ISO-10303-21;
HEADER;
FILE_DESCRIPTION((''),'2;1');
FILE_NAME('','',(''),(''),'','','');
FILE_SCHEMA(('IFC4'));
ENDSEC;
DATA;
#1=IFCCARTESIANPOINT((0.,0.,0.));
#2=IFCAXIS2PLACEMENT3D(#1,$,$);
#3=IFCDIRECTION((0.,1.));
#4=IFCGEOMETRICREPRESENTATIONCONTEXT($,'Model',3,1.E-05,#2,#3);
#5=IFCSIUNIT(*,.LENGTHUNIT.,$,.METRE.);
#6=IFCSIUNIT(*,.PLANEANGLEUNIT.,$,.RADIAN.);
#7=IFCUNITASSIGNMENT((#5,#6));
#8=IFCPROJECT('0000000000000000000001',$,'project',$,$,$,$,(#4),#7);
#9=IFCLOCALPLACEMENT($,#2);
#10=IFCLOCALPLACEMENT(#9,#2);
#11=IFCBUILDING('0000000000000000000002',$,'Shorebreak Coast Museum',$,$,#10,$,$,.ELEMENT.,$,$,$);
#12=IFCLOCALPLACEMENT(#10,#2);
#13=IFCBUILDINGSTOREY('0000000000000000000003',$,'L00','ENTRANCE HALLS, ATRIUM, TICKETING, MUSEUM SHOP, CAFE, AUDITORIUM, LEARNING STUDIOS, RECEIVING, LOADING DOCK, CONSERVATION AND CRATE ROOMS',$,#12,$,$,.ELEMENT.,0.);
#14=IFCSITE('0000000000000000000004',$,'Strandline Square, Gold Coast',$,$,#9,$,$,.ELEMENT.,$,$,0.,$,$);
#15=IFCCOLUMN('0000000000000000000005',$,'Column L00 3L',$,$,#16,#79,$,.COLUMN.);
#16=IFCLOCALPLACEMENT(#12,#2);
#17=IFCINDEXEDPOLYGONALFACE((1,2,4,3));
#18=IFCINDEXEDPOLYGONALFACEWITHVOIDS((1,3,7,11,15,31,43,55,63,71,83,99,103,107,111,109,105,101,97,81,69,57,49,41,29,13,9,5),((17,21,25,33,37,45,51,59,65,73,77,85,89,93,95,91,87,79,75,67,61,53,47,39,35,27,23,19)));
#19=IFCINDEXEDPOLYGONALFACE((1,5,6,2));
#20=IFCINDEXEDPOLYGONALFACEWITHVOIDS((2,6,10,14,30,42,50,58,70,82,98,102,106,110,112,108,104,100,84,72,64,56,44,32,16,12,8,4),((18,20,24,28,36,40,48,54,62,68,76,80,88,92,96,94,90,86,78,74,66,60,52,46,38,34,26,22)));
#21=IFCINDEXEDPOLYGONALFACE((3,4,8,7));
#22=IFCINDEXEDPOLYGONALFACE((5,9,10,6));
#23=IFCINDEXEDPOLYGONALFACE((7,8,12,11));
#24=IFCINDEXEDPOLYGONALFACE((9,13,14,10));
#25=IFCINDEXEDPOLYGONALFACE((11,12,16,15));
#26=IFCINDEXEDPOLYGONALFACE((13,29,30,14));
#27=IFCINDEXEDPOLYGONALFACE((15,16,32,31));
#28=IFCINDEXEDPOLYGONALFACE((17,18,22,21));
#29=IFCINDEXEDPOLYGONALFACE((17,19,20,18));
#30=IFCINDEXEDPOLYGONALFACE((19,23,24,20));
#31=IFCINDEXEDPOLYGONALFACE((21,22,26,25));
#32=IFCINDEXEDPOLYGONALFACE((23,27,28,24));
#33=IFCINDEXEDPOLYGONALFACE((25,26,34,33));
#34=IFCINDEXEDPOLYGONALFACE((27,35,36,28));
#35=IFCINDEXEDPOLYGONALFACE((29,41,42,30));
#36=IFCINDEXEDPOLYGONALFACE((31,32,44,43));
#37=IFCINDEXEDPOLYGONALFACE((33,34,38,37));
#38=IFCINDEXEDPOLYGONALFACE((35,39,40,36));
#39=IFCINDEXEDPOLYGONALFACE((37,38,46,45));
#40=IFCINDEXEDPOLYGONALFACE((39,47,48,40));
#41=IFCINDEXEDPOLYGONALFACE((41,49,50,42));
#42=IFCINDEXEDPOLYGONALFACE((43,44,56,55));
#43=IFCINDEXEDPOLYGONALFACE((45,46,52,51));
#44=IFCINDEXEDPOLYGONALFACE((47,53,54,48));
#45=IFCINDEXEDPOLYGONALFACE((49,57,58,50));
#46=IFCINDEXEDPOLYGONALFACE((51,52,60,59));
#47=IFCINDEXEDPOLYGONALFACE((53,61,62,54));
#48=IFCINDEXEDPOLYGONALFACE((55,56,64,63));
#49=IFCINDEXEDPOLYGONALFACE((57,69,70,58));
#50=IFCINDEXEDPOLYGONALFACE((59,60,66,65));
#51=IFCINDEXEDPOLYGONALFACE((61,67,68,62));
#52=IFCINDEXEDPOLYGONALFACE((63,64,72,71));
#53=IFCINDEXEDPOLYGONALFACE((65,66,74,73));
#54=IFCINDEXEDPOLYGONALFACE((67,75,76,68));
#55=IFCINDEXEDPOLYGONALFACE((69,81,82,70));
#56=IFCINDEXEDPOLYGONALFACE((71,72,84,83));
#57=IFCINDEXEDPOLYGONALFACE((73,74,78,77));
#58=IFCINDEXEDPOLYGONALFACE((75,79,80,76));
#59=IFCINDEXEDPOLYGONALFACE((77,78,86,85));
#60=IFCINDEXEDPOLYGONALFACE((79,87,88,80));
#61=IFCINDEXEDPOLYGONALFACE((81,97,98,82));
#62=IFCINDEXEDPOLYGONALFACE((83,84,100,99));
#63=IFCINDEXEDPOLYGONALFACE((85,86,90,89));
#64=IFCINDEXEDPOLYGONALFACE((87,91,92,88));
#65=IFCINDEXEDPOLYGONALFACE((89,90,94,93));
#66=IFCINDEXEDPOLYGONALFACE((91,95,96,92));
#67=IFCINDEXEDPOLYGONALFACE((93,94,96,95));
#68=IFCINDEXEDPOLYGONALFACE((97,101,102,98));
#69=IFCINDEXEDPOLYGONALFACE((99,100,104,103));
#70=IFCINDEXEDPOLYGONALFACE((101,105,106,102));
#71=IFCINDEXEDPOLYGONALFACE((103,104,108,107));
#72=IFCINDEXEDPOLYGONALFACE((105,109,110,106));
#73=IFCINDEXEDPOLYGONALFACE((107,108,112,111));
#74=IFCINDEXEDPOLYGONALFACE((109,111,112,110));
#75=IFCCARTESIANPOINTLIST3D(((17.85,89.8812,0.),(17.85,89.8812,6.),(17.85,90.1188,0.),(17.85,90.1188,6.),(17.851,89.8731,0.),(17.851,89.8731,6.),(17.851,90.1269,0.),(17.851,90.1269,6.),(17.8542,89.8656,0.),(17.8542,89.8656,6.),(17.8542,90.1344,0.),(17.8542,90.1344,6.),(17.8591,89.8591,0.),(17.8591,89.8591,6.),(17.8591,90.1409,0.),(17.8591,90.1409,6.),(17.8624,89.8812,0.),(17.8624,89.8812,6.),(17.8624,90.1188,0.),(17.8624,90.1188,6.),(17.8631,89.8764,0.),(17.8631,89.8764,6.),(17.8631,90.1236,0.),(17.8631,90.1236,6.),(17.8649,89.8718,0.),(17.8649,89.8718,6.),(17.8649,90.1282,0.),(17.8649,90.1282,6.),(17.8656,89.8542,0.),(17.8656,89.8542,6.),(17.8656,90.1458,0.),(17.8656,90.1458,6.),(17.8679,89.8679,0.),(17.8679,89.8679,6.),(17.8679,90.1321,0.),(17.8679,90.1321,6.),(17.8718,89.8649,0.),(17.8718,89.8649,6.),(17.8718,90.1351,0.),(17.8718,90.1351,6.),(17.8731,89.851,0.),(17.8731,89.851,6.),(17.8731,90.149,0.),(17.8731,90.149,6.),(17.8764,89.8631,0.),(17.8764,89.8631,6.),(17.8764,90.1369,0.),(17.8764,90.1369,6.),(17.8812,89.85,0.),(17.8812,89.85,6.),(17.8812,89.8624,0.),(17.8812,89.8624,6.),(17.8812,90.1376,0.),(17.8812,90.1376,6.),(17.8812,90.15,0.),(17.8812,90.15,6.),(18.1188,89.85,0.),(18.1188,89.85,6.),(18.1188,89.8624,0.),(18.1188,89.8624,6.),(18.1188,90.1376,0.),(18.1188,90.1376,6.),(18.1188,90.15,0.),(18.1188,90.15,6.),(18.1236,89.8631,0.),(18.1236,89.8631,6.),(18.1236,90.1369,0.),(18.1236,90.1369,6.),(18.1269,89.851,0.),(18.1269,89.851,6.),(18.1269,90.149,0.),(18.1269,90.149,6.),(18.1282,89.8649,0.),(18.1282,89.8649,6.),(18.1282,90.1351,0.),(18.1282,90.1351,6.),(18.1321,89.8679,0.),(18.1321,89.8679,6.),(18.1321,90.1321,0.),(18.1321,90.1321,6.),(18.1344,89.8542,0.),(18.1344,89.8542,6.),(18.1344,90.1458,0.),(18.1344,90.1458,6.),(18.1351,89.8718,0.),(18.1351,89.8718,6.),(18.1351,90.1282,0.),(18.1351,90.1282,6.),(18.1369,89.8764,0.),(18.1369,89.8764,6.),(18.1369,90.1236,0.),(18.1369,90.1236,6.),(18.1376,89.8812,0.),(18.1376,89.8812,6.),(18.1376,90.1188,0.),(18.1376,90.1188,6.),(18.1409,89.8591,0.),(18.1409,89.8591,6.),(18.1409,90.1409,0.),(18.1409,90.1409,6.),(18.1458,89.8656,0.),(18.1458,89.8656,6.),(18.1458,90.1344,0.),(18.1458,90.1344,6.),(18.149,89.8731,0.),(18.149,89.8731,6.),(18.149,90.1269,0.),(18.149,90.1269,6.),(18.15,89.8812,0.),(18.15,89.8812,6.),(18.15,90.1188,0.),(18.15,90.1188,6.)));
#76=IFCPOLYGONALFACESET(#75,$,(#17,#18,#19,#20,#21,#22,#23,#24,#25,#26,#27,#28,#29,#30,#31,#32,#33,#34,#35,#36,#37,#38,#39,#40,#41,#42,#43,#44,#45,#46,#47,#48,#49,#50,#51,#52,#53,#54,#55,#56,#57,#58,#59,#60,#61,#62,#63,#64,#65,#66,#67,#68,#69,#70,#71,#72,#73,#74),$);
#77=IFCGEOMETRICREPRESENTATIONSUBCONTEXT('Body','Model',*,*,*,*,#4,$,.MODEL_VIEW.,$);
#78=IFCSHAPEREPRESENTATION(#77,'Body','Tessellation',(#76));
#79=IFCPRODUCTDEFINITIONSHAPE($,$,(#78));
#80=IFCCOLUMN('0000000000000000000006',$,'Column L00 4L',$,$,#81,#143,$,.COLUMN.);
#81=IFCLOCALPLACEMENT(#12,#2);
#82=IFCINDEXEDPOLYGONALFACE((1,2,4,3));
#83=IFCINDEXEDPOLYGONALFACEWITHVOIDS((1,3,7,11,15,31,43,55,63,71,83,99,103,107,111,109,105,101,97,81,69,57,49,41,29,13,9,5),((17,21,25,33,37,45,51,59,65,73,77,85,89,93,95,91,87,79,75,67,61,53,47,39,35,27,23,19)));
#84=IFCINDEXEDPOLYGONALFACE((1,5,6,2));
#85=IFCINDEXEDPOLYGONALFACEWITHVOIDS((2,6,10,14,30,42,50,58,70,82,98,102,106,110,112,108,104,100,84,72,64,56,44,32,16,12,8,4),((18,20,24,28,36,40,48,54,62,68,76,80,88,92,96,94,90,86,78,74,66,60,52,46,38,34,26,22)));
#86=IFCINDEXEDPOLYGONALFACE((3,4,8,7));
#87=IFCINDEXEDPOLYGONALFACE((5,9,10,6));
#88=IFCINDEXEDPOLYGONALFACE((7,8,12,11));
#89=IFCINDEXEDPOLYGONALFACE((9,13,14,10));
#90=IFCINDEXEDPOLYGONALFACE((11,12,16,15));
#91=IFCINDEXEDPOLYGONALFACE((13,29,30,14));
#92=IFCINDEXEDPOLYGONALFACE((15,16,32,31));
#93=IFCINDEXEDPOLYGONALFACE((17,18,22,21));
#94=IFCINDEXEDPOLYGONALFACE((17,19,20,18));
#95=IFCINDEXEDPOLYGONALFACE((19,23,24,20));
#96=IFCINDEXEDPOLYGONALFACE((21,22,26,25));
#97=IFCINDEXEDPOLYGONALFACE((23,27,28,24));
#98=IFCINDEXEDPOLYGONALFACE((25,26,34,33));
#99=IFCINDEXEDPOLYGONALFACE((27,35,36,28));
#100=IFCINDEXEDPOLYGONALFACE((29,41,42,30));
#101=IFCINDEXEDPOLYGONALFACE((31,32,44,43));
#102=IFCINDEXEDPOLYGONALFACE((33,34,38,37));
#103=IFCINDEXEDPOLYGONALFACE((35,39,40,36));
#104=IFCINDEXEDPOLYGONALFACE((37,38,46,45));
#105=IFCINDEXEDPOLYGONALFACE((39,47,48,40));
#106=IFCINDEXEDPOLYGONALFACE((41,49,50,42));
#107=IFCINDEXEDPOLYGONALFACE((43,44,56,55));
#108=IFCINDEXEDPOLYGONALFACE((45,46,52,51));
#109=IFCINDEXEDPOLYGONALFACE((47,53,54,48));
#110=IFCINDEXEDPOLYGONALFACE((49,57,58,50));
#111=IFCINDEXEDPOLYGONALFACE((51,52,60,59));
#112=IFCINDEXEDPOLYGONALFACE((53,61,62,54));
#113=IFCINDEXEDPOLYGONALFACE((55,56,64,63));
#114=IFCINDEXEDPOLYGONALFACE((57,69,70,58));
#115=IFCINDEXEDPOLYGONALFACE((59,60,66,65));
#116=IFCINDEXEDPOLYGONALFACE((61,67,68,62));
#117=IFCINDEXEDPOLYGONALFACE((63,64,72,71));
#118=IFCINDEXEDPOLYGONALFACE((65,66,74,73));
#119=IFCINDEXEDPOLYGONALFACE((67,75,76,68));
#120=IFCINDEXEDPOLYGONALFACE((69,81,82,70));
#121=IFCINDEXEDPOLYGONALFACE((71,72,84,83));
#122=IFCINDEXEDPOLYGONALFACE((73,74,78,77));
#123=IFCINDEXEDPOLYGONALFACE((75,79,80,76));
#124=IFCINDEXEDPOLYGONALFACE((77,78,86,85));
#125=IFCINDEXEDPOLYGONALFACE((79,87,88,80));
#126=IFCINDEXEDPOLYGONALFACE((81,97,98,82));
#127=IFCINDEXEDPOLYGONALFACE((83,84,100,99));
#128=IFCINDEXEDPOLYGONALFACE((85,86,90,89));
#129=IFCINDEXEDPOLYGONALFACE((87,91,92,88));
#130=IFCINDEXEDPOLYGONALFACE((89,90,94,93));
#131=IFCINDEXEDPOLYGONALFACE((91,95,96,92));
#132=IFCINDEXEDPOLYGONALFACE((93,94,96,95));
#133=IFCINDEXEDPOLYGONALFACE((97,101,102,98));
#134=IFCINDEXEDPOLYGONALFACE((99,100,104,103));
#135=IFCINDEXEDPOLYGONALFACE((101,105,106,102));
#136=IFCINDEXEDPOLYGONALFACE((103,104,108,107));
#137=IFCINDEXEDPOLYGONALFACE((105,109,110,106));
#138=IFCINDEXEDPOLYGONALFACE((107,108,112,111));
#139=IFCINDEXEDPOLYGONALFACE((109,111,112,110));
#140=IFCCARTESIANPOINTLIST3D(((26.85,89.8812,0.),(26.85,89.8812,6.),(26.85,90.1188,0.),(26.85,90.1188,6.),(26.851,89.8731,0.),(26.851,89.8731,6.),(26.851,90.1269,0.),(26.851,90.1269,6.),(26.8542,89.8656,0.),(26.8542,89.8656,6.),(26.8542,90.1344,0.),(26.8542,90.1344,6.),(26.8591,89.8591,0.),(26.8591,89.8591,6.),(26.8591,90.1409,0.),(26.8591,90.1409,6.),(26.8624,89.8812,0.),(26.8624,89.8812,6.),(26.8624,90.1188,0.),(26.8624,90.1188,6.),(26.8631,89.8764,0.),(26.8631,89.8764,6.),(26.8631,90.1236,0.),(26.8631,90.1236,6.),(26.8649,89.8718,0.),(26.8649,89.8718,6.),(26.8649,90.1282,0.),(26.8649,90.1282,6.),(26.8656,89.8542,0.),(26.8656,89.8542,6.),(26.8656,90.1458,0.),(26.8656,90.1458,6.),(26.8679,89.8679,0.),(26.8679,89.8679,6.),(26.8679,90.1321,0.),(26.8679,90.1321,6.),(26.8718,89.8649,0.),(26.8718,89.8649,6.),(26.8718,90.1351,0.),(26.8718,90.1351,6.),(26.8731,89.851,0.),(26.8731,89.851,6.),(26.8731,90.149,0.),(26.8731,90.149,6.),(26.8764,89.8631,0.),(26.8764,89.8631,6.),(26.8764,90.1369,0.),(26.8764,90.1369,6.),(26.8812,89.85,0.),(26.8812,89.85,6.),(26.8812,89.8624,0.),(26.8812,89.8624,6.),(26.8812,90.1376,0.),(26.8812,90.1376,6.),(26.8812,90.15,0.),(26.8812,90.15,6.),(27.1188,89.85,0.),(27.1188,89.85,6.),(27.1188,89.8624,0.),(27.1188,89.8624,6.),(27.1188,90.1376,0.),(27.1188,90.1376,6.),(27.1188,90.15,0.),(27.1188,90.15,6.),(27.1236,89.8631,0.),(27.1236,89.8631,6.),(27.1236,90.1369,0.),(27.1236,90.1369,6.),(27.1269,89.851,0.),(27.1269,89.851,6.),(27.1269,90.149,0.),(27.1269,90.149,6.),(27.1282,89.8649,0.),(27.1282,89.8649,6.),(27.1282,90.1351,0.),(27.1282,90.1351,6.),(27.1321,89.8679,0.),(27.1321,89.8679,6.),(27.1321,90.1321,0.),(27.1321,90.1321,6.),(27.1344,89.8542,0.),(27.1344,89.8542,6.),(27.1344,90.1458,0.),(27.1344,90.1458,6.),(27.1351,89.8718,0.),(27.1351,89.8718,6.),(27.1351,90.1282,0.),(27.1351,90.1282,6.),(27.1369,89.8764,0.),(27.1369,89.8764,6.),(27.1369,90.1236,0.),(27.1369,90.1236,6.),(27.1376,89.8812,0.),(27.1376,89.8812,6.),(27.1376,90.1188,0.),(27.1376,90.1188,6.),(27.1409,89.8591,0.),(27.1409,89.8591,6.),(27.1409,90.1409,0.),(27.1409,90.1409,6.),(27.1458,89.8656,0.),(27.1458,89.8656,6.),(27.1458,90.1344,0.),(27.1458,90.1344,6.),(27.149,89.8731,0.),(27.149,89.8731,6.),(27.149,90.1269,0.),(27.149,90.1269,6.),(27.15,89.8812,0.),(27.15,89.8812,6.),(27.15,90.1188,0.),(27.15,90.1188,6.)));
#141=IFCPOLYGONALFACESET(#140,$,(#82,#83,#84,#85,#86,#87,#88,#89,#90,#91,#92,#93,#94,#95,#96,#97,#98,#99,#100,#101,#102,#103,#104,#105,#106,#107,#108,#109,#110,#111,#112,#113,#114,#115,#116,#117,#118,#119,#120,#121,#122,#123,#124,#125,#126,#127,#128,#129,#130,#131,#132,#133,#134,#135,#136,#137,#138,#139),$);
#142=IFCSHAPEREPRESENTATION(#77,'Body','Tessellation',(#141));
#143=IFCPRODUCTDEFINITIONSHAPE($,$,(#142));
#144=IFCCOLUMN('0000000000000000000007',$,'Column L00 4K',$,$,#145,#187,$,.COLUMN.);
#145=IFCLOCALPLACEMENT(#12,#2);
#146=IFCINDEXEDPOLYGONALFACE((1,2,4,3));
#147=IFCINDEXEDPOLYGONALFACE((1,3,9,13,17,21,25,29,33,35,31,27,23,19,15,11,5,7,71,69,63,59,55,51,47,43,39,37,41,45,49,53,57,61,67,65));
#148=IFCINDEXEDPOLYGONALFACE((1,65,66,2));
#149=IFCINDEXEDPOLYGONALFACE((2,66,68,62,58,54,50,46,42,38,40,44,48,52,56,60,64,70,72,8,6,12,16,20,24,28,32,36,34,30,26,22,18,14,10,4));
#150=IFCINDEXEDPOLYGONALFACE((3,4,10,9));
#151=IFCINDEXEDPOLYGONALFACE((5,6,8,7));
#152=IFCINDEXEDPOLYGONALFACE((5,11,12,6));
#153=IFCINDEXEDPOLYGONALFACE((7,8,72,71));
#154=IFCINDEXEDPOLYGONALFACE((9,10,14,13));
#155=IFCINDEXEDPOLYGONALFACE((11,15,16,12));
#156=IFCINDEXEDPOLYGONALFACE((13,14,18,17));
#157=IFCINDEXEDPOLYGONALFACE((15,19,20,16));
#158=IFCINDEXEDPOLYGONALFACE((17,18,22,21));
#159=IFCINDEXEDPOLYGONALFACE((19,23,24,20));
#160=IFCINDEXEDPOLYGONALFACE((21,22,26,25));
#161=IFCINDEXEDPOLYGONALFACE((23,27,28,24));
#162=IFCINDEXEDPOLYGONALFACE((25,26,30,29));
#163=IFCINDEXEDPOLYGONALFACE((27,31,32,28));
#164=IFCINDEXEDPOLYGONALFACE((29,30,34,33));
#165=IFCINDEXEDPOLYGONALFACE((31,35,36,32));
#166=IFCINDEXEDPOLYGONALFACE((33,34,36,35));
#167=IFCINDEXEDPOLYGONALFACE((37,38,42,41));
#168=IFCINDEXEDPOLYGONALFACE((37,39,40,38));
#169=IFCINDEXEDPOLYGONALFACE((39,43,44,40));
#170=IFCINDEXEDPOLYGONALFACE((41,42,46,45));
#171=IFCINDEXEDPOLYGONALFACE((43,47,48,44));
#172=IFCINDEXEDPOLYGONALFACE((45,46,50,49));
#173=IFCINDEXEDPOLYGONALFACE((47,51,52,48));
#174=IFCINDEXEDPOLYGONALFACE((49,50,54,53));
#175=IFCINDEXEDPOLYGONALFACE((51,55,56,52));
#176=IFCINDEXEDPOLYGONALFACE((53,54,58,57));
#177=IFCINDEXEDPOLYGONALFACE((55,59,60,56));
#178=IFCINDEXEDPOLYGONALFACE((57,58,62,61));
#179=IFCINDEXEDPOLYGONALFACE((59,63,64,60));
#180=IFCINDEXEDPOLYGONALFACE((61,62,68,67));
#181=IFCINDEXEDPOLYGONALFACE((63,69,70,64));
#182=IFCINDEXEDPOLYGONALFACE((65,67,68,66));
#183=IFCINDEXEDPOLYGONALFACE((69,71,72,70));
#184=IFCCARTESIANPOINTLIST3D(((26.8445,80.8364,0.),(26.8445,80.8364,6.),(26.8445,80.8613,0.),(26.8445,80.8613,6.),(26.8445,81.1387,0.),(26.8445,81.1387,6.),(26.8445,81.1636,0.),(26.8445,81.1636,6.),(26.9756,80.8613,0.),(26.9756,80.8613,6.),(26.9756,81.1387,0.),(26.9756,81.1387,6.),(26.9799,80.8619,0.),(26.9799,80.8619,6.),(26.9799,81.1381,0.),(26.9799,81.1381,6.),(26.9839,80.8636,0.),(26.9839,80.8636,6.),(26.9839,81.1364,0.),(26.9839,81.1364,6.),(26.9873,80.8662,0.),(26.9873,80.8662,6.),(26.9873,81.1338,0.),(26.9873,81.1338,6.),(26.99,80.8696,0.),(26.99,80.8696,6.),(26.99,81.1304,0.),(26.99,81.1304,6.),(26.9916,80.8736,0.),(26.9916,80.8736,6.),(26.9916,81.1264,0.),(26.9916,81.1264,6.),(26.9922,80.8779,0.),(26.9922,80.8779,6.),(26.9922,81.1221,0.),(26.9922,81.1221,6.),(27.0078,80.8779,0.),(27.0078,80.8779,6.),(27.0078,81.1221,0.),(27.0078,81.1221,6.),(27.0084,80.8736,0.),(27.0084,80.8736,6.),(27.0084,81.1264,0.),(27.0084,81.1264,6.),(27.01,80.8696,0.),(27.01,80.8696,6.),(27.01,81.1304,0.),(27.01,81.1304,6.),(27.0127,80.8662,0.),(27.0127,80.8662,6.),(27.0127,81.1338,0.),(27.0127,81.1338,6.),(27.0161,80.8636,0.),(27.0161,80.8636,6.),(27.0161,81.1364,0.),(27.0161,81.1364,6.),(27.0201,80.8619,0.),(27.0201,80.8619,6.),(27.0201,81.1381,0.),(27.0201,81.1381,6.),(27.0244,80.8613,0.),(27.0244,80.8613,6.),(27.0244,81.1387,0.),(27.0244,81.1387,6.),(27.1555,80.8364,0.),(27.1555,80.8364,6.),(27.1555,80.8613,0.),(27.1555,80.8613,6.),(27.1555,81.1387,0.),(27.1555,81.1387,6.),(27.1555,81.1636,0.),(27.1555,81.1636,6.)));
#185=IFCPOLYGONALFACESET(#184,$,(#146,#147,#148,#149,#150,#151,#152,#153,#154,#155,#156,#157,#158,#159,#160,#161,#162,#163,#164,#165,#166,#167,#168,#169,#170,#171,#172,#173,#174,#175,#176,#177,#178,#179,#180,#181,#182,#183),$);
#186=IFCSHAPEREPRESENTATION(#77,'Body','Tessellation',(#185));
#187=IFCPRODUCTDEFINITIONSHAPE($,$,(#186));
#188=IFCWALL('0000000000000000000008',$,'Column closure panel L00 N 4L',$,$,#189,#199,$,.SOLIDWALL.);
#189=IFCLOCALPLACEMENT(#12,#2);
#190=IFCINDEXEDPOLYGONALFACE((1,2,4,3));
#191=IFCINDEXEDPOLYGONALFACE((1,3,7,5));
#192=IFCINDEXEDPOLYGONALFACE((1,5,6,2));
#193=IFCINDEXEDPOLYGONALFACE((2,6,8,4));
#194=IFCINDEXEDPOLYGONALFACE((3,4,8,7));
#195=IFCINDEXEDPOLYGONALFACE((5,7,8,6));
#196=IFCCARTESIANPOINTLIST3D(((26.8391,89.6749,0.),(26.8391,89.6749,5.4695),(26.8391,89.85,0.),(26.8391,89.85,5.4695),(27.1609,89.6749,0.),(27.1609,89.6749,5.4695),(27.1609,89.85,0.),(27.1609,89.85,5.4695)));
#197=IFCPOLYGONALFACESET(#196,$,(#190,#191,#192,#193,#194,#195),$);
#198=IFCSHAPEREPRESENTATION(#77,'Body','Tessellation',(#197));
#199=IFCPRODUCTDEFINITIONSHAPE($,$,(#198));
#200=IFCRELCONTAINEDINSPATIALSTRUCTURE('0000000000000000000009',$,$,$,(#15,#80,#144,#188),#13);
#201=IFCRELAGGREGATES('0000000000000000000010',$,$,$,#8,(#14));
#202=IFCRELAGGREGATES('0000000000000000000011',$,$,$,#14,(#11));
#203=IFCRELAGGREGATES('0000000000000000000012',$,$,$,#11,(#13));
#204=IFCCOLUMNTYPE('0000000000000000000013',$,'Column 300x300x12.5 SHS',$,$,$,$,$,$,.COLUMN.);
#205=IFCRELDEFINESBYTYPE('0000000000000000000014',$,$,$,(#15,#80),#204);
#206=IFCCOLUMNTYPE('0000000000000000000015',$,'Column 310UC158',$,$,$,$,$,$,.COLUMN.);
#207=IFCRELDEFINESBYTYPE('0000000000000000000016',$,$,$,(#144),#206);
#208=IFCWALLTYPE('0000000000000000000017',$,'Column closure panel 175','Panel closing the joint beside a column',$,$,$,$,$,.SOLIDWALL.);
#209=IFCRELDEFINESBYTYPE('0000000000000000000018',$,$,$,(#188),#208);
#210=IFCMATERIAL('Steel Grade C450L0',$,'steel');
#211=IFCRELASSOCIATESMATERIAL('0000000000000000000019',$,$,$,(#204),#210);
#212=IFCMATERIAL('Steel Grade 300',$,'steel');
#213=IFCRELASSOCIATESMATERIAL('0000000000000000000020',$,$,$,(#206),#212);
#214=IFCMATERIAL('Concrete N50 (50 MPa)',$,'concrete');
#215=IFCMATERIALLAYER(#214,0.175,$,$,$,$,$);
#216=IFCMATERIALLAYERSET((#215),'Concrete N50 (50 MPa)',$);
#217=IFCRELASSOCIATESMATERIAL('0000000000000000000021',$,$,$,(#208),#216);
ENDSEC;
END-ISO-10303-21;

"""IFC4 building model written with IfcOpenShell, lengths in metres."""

from ifc_helpers import new_model, si_unit, direction, frame, frame_2d, origin, origin_2d, place, context, subcontext, project, spatial, rectangle, hollow_rectangle, i_section, extrude, material, layer, layer_set, material_profile, profile_set, type_object, element, save


model = new_model("IFC4")

# Units and contexts
model_context = context("Model", 3, precision=1e-05, world=origin(), true_north=direction((0.0, 1.0)))
body_context = subcontext(model_context, "Body", "Model", "MODEL_VIEW")
ifc_project = project(units=[si_unit("LENGTHUNIT", "METRE"), si_unit("PLANEANGLEUNIT", "RADIAN")], contexts=[model_context])

# Site, building, storey
site_placement = place(None, origin())
site = spatial("IfcSite", under=ifc_project, at=site_placement, Name="Strandline Square, Gold Coast", CompositionType="ELEMENT", RefElevation=0.0)
building_placement = place(site_placement, origin())
building = spatial("IfcBuilding", under=site, at=building_placement, Name="Shorebreak Coast Museum", CompositionType="ELEMENT")
storey_placement = place(building_placement, origin())
storey = spatial("IfcBuildingStorey", under=building, at=storey_placement, Name="L00", Description="ENTRANCE HALLS, ATRIUM, TICKETING, MUSEUM SHOP, CAFE, AUDITORIUM, LEARNING STUDIOS, RECEIVING, LOADING DOCK, CONSERVATION AND CRATE ROOMS", CompositionType="ELEMENT", Elevation=0.0)

# Columns
ifc_material_1 = material(Name="Steel Grade C450L0", Category="steel")
ifc_material_profile_1 = material_profile(ifc_material_1, hollow_rectangle(XDim=0.3, YDim=0.3, WallThickness=0.0125, InnerFilletRadius=0.0188, OuterFilletRadius=0.0312, at=origin_2d()), Name="300x300x12.5 SHS")
ifc_profile_set_1 = profile_set([ifc_material_profile_1], Name="Steel Grade C450L0")
column_type_1 = type_object("IfcColumnType", Name="Column 300x300x12.5 SHS", PredefinedType="COLUMN", material=ifc_profile_set_1)
for number, where, z_axis, x_axis, name in (
    (1, (18.0, 90.0, 0.0), (0.0, 0.0, 1.0), (1.0, 0.0, 0.0), "Column L00 3L"),
    (2, (27.0, 90.0, 0.0), (0.0, 0.0, 1.0), (1.0, 0.0, 0.0), "Column L00 4L"),
):
    element("IfcColumn", number, at=place(storey_placement, frame(where, z_axis=z_axis, x_axis=x_axis)), inside=storey, type_object=column_type_1, Name=name, PredefinedType="COLUMN", context=body_context, shape_type="SweptSolid", body=[
        extrude(hollow_rectangle(XDim=0.3, YDim=0.3, WallThickness=0.0125, InnerFilletRadius=0.0188, OuterFilletRadius=0.0312, at=origin_2d()), origin(), (0.0, 0.0, 1.0), 6.0),
    ])
ifc_material_2 = material(Name="Steel Grade 300", Category="steel")
ifc_material_profile_2 = material_profile(ifc_material_2, i_section(OverallWidth=0.311, OverallDepth=0.3271, WebThickness=0.0156, FlangeThickness=0.0249, FilletRadius=0.0166, at=origin_2d()), Name="310UC158")
ifc_profile_set_2 = profile_set([ifc_material_profile_2], Name="Steel Grade 300")
column_type_2 = type_object("IfcColumnType", Name="Column 310UC158", PredefinedType="COLUMN", material=ifc_profile_set_2)
column_placement = place(storey_placement, frame((27.0, 81.0, 0.0), z_axis=(0.0, 0.0, 1.0), x_axis=(1.0, 0.0, 0.0)))
element("IfcColumn", 3, at=column_placement, inside=storey, type_object=column_type_2, Name="Column L00 4K", PredefinedType="COLUMN", context=body_context, shape_type="SweptSolid", body=[
    extrude(i_section(OverallWidth=0.311, OverallDepth=0.3271, WebThickness=0.0156, FlangeThickness=0.0249, FilletRadius=0.0166, at=origin_2d()), origin(), (0.0, 0.0, 1.0), 6.0),
])

# Wall
ifc_material_3 = material(Name="Concrete N50 (50 MPa)", Category="concrete")
ifc_layer_1 = layer(ifc_material_3, 0.175)
ifc_layer_set_1 = layer_set([ifc_layer_1], Name="Concrete N50 (50 MPa)")
wall_type_1 = type_object("IfcWallType", Name="Column closure panel 175", Description="Panel closing the joint beside a column", PredefinedType="SOLIDWALL", material=ifc_layer_set_1)
wall_1_placement = place(storey_placement, frame((26.8391, 89.7625, 0.0), z_axis=(0.0, 0.0, 1.0), x_axis=(1.0, 0.0, 0.0)))
element("IfcWall", 4, at=wall_1_placement, inside=storey, type_object=wall_type_1, Name="Column closure panel L00 N 4L", PredefinedType="SOLIDWALL", context=body_context, shape_type="SweptSolid", body=[
    extrude(rectangle(XDim=0.3218, YDim=0.175, at=frame_2d((0.1609, 0.0))), origin(), (0.0, 0.0, 1.0), 5.4695),
])

save(model, "model.ifc")
